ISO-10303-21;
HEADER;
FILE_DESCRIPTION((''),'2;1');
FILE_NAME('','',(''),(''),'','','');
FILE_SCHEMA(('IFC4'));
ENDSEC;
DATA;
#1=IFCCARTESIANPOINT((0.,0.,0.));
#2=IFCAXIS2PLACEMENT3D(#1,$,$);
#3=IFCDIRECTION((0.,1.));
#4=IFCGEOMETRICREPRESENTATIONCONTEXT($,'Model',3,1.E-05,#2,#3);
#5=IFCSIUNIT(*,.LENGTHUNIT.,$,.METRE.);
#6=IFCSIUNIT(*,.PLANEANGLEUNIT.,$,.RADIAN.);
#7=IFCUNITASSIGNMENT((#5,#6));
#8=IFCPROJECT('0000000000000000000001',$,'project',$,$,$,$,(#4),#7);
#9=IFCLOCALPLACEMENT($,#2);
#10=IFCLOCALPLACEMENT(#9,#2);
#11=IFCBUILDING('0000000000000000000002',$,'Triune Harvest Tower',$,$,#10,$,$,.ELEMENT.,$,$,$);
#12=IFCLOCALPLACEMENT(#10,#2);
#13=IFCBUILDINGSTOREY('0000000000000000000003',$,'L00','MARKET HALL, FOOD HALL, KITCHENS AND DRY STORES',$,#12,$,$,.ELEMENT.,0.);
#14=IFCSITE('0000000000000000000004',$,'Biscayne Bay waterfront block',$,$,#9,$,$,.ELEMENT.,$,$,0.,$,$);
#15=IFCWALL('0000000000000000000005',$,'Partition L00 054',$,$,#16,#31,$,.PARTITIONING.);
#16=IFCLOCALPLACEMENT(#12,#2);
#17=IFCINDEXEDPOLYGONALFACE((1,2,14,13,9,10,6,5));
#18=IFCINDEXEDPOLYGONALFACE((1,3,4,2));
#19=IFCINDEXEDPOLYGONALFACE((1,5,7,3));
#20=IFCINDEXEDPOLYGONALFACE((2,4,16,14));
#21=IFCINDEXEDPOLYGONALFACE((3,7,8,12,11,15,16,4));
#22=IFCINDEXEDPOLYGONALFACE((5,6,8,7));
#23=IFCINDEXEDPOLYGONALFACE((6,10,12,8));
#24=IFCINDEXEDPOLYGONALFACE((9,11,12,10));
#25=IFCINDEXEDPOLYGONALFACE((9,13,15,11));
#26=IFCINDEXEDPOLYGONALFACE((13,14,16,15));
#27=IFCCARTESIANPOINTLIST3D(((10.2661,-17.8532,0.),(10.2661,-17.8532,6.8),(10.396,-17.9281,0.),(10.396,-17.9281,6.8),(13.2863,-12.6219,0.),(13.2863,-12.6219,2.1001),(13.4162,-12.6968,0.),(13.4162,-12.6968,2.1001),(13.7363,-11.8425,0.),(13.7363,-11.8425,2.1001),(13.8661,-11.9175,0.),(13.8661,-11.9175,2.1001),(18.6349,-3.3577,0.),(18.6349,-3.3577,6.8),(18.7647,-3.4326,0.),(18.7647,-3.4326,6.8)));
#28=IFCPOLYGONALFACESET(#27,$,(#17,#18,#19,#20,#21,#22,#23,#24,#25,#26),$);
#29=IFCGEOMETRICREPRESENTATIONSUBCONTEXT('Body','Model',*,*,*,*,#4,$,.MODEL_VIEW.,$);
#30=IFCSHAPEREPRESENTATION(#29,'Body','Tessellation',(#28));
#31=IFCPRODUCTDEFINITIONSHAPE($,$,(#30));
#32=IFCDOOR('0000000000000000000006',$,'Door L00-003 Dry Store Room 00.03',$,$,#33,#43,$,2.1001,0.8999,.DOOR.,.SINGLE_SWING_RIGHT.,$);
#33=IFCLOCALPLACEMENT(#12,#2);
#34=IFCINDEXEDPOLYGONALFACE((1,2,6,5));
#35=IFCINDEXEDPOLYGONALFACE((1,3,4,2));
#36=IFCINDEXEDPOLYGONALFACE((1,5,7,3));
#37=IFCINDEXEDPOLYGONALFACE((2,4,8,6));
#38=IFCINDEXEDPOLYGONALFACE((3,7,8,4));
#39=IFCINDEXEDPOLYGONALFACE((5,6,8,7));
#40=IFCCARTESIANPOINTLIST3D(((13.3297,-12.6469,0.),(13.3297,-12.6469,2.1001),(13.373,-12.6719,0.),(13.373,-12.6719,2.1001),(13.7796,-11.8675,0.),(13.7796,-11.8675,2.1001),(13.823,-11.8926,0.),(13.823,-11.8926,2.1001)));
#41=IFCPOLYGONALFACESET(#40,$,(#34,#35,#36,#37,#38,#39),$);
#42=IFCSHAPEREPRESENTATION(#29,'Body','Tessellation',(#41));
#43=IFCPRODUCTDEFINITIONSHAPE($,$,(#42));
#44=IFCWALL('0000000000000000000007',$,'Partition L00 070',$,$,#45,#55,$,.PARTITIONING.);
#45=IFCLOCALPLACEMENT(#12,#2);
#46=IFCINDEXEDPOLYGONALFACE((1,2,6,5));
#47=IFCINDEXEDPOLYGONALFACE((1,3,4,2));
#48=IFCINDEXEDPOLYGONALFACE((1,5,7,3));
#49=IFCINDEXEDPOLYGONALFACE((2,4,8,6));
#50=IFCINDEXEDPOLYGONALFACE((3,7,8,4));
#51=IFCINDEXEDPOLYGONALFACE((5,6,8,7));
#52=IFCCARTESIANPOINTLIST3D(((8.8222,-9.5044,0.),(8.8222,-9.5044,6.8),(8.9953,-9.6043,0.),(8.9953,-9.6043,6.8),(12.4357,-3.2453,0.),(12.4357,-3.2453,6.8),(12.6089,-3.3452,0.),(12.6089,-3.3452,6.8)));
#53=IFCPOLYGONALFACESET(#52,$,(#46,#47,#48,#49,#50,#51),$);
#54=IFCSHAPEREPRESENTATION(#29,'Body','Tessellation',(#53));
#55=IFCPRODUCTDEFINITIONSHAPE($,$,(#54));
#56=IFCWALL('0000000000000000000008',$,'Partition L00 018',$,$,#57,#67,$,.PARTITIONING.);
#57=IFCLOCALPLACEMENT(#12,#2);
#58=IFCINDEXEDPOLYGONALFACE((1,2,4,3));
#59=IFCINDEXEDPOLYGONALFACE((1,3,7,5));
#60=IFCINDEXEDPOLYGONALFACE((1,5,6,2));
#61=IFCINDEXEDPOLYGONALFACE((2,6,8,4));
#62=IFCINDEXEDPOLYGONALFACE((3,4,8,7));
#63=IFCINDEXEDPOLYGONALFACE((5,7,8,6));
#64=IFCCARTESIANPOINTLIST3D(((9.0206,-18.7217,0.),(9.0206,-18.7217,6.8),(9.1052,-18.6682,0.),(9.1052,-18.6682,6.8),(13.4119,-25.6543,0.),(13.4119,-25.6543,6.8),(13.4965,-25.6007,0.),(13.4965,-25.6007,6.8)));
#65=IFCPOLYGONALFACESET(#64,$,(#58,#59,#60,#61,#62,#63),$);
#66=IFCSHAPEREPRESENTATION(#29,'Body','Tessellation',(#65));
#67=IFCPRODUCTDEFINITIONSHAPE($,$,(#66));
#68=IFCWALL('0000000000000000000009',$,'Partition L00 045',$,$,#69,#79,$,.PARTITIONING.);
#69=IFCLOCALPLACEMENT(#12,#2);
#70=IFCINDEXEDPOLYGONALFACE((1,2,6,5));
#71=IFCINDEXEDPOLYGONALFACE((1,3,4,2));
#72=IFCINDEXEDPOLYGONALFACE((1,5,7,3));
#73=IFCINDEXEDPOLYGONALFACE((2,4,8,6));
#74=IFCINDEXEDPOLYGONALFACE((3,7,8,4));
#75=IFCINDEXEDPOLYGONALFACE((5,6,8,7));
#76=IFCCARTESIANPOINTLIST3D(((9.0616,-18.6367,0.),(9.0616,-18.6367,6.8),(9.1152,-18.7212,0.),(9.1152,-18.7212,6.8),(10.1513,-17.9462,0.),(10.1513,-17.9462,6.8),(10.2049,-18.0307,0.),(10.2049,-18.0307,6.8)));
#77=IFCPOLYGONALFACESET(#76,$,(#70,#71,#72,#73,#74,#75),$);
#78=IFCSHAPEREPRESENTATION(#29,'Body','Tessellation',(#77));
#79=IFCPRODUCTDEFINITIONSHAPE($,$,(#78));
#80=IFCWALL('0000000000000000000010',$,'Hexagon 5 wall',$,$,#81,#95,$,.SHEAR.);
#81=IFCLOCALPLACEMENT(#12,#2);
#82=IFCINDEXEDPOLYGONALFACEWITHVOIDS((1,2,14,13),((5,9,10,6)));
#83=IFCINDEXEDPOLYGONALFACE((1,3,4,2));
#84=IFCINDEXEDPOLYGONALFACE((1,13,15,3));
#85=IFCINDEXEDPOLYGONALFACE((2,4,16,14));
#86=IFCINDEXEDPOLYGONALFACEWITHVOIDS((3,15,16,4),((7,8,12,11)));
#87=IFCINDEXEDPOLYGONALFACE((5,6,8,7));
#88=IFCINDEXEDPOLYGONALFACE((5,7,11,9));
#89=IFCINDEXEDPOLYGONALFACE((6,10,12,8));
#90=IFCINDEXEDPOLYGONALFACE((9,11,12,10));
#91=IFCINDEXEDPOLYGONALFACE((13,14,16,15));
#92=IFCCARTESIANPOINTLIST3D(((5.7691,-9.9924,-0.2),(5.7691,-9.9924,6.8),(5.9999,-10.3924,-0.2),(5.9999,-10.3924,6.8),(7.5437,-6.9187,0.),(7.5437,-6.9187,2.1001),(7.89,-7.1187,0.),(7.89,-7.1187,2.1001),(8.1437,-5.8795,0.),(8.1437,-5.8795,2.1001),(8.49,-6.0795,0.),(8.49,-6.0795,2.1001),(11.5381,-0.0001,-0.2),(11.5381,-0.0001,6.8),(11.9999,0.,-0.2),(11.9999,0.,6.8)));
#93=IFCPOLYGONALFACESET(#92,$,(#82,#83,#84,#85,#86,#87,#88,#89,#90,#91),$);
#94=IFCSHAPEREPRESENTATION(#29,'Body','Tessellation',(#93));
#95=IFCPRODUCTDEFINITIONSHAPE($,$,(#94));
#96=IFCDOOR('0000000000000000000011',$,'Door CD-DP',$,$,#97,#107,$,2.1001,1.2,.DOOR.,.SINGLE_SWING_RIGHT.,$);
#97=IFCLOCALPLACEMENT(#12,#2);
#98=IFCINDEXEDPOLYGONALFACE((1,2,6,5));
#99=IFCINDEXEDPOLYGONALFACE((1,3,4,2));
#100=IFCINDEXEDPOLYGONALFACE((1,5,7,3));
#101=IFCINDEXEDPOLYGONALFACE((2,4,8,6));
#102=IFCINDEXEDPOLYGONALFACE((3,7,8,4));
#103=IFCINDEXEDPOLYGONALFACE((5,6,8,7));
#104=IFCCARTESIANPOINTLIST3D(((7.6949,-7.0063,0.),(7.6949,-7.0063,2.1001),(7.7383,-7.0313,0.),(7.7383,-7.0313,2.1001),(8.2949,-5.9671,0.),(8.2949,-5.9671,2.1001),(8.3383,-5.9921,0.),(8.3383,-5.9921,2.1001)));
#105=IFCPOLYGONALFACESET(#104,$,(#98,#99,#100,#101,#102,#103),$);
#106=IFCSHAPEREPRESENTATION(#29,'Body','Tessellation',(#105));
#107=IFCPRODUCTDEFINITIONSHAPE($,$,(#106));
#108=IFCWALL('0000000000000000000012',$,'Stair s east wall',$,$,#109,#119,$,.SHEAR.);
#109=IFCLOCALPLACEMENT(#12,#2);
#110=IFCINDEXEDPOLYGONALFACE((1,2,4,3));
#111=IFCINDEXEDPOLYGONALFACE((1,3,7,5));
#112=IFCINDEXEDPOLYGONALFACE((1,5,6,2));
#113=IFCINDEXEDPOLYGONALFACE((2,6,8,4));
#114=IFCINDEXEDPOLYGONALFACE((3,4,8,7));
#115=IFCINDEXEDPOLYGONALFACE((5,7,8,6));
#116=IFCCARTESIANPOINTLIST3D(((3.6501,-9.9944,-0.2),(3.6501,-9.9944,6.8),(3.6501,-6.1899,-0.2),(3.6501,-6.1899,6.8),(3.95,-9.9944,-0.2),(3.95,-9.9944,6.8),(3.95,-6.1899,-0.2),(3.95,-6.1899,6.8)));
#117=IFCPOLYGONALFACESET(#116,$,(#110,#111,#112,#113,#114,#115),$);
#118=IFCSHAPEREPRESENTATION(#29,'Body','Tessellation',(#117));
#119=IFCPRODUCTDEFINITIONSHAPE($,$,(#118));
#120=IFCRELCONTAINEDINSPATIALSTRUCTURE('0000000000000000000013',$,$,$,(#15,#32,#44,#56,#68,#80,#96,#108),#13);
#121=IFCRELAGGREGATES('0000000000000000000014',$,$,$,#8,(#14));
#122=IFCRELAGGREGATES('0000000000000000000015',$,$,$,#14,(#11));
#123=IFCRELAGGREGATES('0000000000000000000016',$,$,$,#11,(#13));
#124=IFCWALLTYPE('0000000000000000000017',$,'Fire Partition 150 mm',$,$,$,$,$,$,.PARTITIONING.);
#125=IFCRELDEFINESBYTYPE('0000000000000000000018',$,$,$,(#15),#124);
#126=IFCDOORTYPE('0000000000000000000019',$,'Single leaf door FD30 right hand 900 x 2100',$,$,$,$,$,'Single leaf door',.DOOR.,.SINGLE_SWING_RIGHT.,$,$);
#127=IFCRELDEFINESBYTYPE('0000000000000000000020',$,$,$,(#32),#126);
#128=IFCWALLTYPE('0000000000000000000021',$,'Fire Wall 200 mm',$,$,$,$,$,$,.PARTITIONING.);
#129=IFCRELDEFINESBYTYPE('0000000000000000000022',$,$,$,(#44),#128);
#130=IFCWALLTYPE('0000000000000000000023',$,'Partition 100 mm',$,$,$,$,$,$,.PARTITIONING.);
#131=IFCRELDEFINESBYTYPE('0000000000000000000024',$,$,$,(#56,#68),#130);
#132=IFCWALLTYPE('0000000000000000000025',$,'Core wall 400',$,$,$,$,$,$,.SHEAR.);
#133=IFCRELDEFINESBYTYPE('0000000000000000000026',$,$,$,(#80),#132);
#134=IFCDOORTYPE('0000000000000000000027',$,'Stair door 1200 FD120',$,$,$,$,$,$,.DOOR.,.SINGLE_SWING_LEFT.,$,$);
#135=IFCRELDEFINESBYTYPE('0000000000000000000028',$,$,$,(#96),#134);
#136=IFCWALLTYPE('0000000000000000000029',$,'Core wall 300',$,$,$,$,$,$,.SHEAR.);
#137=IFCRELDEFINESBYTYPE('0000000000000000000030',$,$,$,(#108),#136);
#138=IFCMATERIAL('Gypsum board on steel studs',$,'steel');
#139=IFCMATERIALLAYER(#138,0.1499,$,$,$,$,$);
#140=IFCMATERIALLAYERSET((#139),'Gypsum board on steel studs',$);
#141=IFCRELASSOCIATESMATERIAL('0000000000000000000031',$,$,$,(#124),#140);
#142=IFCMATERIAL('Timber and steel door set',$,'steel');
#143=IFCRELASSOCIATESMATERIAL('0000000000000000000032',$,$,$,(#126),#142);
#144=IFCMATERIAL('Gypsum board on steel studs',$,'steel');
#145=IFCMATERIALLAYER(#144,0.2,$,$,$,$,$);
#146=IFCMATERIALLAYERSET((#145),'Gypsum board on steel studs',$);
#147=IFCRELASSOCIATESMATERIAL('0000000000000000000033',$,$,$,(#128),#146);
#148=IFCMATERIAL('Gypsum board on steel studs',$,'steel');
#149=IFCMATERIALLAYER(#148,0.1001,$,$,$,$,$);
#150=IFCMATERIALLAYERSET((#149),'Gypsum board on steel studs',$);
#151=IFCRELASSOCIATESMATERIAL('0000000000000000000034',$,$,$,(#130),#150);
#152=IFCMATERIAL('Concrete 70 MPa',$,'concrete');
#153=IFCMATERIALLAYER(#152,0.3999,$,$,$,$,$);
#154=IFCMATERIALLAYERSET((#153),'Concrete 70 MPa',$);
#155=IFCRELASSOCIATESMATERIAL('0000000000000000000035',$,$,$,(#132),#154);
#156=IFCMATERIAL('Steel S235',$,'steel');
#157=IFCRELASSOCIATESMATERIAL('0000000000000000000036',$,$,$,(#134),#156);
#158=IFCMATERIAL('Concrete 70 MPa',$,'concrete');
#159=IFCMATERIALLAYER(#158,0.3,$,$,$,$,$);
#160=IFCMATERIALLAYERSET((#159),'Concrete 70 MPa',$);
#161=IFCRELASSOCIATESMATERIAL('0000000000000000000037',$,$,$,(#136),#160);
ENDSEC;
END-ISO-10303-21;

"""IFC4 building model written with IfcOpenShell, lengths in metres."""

from ifc_helpers import new_model, si_unit, direction, frame, frame_2d, origin, place, context, subcontext, project, spatial, polyline, rectangle, outline, extrude, source, transform, mapped, material, layer, layer_set, type_object, element, fill, save


model = new_model("IFC4")

# Units and contexts
model_context = context("Model", 3, precision=1e-05, world=origin(), true_north=direction((0.0, 1.0)))
body_context = subcontext(model_context, "Body", "Model", "MODEL_VIEW")
ifc_project = project(units=[si_unit("LENGTHUNIT", "METRE"), si_unit("PLANEANGLEUNIT", "RADIAN")], contexts=[model_context])

# Site, building, storey
site_placement = place(None, origin())
site = spatial("IfcSite", under=ifc_project, at=site_placement, Name="Biscayne Bay waterfront block", CompositionType="ELEMENT", RefElevation=0.0)
building_placement = place(site_placement, origin())
building = spatial("IfcBuilding", under=site, at=building_placement, Name="Triune Harvest Tower", CompositionType="ELEMENT")
storey_placement = place(building_placement, origin())
storey = spatial("IfcBuildingStorey", under=building, at=storey_placement, Name="L00", Description="MARKET HALL, FOOD HALL, KITCHENS AND DRY STORES", CompositionType="ELEMENT", Elevation=0.0)

# Wall, opening, door
ifc_material_1 = material(Name="Gypsum board on steel studs", Category="steel")
ifc_layer_1 = layer(ifc_material_1, 0.1499)
ifc_layer_set_1 = layer_set([ifc_layer_1], Name="Gypsum board on steel studs")
wall_type_1 = type_object("IfcWallType", Name="Fire Partition 150 mm", PredefinedType="PARTITIONING", material=ifc_layer_set_1)
wall_1_placement = place(storey_placement, frame((10.3311, -17.8906, 0.0), z_axis=(0.0, 0.0, 1.0), x_axis=(0.499989, 0.866032, 0.0)))
wall_1 = element("IfcWall", 1, at=wall_1_placement, inside=storey, type_object=wall_type_1, Name="Partition L00 054", PredefinedType="PARTITIONING", context=body_context, shape_type="SweptSolid", body=[
    extrude(rectangle(XDim=16.7378, YDim=0.1499, at=frame_2d((8.3689, 0.0))), origin(), (0.0, 0.0, 1.0), 6.8),
])
opening_1_placement = place(wall_1_placement, frame((6.0405, 0.0, 0.0)))
opening_1 = element("IfcOpeningElement", 2, at=opening_1_placement, cuts=wall_1, PredefinedType="OPENING", context=body_context, shape_type="SweptSolid", body=[
    extrude(rectangle(XDim=0.8999, YDim=2.1001, at=frame_2d((0.45, 1.05))), frame((0.0, 0.085, 0.0), z_axis=(0.0, -1.0, 0.0), x_axis=(1.0, 0.0, 0.0)), (0.0, 0.0, 1.0), 0.1699),
])
ifc_material_2 = material(Name="Timber and steel door set", Category="steel")
door_type_1 = type_object("IfcDoorType", Name="Single leaf door FD30 right hand 900 x 2100", ElementType="Single leaf door", OperationType="SINGLE_SWING_RIGHT", PredefinedType="DOOR", material=ifc_material_2)
door_1_placement = place(opening_1_placement, origin())
door_1 = element("IfcDoor", 3, at=door_1_placement, inside=storey, type_object=door_type_1, Name="Door L00-003 Dry Store Room 00.03", OperationType="SINGLE_SWING_RIGHT", OverallHeight=2.1001, OverallWidth=0.8999, PredefinedType="DOOR", context=body_context, shape_type="SweptSolid", body=[
    extrude(rectangle(XDim=0.8999, YDim=2.1001, at=frame_2d((0.45, 1.05))), frame((0.0, 0.0249, 0.0), z_axis=(0.0, -1.0, 0.0), x_axis=(1.0, 0.0, 0.0)), (0.0, 0.0, 1.0), 0.05),
])
fill(opening_1, door_1)

# Walls
ifc_material_3 = material(Name="Gypsum board on steel studs", Category="steel")
ifc_layer_2 = layer(ifc_material_3, 0.2)
ifc_layer_set_2 = layer_set([ifc_layer_2], Name="Gypsum board on steel studs")
wall_type_2 = type_object("IfcWallType", Name="Fire Wall 200 mm", PredefinedType="PARTITIONING", material=ifc_layer_set_2)
wall_2_placement = place(storey_placement, frame((8.9087, -9.5544, 0.0), z_axis=(0.0, 0.0, 1.0), x_axis=(0.499987, 0.866033, 0.0)))
element("IfcWall", 4, at=wall_2_placement, inside=storey, type_object=wall_type_2, Name="Partition L00 070", PredefinedType="PARTITIONING", context=body_context, shape_type="SweptSolid", body=[
    extrude(rectangle(XDim=7.2273, YDim=0.2, at=frame_2d((3.6138, 0.0))), origin(), (0.0, 0.0, 1.0), 6.8),
])
ifc_material_4 = material(Name="Gypsum board on steel studs", Category="steel")
ifc_layer_3 = layer(ifc_material_4, 0.1001)
ifc_layer_set_3 = layer_set([ifc_layer_3], Name="Gypsum board on steel studs")
wall_type_3 = type_object("IfcWallType", Name="Partition 100 mm", PredefinedType="PARTITIONING", material=ifc_layer_set_3)
wall_3_placement = place(storey_placement, frame((9.063, -18.6951, 0.0), z_axis=(0.0, 0.0, 1.0), x_axis=(0.535113, -0.844781, 0.0)))
element("IfcWall", 5, at=wall_3_placement, inside=storey, type_object=wall_type_3, Name="Partition L00 018", PredefinedType="PARTITIONING", context=body_context, shape_type="SweptSolid", body=[
    extrude(rectangle(XDim=8.2063, YDim=0.1001, at=frame_2d((4.103, 0.0))), origin(), (0.0, 0.0, 1.0), 6.8),
])
wall_4_placement = place(storey_placement, frame((9.0884, -18.679, 0.0), z_axis=(0.0, 0.0, 1.0), x_axis=(0.844696, 0.535246, 0.0)))
element("IfcWall", 6, at=wall_4_placement, inside=storey, type_object=wall_type_3, Name="Partition L00 045", PredefinedType="PARTITIONING", context=body_context, shape_type="SweptSolid", body=[
    extrude(rectangle(XDim=1.29, YDim=0.1001, at=frame_2d((0.645, 0.0))), origin(), (0.0, 0.0, 1.0), 6.8),
])

# Wall, opening, door
ifc_material_5 = material(Name="Concrete 70 MPa", Category="concrete")
ifc_layer_4 = layer(ifc_material_5, 0.3999)
ifc_layer_set_4 = layer_set([ifc_layer_4], Name="Concrete 70 MPa")
wall_type_4 = type_object("IfcWallType", Name="Core wall 400", PredefinedType="SHEAR", material=ifc_layer_set_4)
shared_shape_1 = source(origin(), body_context, "Body", "SweptSolid", [
    extrude(outline(polyline([(-0.1155, -0.2), (11.8845, -0.2), (11.6536, 0.2), (0.1155, 0.2), (-0.1155, -0.2)])), origin(), (0.0, 0.0, 1.0), 7.0),
])
wall_5_placement = place(storey_placement, frame((5.8845, -10.1924, -0.2), z_axis=(0.0, 0.0, 1.0), x_axis=(0.499997, 0.866027, 0.0)))
wall_5 = element("IfcWall", 7, at=wall_5_placement, inside=storey, type_object=wall_type_4, Name="Hexagon 5 wall", PredefinedType="SHEAR", context=body_context, shape_type="MappedRepresentation", body=[
    mapped(shared_shape_1, transform((0.0, 0.0, 0.0), scale=1.0)),
])
opening_2_placement = place(wall_5_placement, frame((3.6646, 0.0, 0.2)))
opening_2 = element("IfcOpeningElement", 8, at=opening_2_placement, cuts=wall_5, PredefinedType="OPENING", context=body_context, shape_type="SweptSolid", body=[
    extrude(rectangle(XDim=1.2, YDim=2.1001, at=frame_2d((0.6001, 1.05))), frame((0.0, 0.21, 0.0), z_axis=(0.0, -1.0, 0.0), x_axis=(1.0, 0.0, 0.0)), (0.0, 0.0, 1.0), 0.4199),
])
ifc_material_6 = material(Name="Steel S235", Category="steel")
door_type_2 = type_object("IfcDoorType", Name="Stair door 1200 FD120", OperationType="SINGLE_SWING_LEFT", PredefinedType="DOOR", material=ifc_material_6)
door_2_placement = place(opening_2_placement, frame((1.2, 0.0, 0.0), z_axis=(0.0, 0.0, 1.0), x_axis=(-1.0, 0.0, 0.0)))
door_2 = element("IfcDoor", 9, at=door_2_placement, inside=storey, type_object=door_type_2, Name="Door CD-DP", OperationType="SINGLE_SWING_RIGHT", OverallHeight=2.1001, OverallWidth=1.2, PredefinedType="DOOR", context=body_context, shape_type="SweptSolid", body=[
    extrude(rectangle(XDim=1.2, YDim=2.1001, at=frame_2d((0.6001, 1.05))), frame((0.0, 0.0249, 0.0), z_axis=(0.0, -1.0, 0.0), x_axis=(1.0, 0.0, 0.0)), (0.0, 0.0, 1.0), 0.05),
])
fill(opening_2, door_2)

# Wall
ifc_material_7 = material(Name="Concrete 70 MPa", Category="concrete")
ifc_layer_5 = layer(ifc_material_7, 0.3)
ifc_layer_set_5 = layer_set([ifc_layer_5], Name="Concrete 70 MPa")
wall_type_5 = type_object("IfcWallType", Name="Core wall 300", PredefinedType="SHEAR", material=ifc_layer_set_5)
shared_shape_2 = source(origin(), body_context, "Body", "SweptSolid", [
    extrude(outline(polyline([(3.8, -0.1499), (-0.0044, -0.1499), (-0.0044, 0.1499), (3.8, 0.1499), (3.8, -0.1499)])), origin(), (0.0, 0.0, 1.0), 7.0),
])
wall_6_placement = place(storey_placement, frame((3.8, -9.99, -0.2), z_axis=(0.0, 0.0, 1.0), x_axis=(0.0, 1.0, 0.0)))
element("IfcWall", 10, at=wall_6_placement, inside=storey, type_object=wall_type_5, Name="Stair s east wall", PredefinedType="SHEAR", context=body_context, shape_type="MappedRepresentation", body=[
    mapped(shared_shape_2, transform((0.0, 0.0, 0.0), scale=1.0)),
])

save(model, "model.ifc")
